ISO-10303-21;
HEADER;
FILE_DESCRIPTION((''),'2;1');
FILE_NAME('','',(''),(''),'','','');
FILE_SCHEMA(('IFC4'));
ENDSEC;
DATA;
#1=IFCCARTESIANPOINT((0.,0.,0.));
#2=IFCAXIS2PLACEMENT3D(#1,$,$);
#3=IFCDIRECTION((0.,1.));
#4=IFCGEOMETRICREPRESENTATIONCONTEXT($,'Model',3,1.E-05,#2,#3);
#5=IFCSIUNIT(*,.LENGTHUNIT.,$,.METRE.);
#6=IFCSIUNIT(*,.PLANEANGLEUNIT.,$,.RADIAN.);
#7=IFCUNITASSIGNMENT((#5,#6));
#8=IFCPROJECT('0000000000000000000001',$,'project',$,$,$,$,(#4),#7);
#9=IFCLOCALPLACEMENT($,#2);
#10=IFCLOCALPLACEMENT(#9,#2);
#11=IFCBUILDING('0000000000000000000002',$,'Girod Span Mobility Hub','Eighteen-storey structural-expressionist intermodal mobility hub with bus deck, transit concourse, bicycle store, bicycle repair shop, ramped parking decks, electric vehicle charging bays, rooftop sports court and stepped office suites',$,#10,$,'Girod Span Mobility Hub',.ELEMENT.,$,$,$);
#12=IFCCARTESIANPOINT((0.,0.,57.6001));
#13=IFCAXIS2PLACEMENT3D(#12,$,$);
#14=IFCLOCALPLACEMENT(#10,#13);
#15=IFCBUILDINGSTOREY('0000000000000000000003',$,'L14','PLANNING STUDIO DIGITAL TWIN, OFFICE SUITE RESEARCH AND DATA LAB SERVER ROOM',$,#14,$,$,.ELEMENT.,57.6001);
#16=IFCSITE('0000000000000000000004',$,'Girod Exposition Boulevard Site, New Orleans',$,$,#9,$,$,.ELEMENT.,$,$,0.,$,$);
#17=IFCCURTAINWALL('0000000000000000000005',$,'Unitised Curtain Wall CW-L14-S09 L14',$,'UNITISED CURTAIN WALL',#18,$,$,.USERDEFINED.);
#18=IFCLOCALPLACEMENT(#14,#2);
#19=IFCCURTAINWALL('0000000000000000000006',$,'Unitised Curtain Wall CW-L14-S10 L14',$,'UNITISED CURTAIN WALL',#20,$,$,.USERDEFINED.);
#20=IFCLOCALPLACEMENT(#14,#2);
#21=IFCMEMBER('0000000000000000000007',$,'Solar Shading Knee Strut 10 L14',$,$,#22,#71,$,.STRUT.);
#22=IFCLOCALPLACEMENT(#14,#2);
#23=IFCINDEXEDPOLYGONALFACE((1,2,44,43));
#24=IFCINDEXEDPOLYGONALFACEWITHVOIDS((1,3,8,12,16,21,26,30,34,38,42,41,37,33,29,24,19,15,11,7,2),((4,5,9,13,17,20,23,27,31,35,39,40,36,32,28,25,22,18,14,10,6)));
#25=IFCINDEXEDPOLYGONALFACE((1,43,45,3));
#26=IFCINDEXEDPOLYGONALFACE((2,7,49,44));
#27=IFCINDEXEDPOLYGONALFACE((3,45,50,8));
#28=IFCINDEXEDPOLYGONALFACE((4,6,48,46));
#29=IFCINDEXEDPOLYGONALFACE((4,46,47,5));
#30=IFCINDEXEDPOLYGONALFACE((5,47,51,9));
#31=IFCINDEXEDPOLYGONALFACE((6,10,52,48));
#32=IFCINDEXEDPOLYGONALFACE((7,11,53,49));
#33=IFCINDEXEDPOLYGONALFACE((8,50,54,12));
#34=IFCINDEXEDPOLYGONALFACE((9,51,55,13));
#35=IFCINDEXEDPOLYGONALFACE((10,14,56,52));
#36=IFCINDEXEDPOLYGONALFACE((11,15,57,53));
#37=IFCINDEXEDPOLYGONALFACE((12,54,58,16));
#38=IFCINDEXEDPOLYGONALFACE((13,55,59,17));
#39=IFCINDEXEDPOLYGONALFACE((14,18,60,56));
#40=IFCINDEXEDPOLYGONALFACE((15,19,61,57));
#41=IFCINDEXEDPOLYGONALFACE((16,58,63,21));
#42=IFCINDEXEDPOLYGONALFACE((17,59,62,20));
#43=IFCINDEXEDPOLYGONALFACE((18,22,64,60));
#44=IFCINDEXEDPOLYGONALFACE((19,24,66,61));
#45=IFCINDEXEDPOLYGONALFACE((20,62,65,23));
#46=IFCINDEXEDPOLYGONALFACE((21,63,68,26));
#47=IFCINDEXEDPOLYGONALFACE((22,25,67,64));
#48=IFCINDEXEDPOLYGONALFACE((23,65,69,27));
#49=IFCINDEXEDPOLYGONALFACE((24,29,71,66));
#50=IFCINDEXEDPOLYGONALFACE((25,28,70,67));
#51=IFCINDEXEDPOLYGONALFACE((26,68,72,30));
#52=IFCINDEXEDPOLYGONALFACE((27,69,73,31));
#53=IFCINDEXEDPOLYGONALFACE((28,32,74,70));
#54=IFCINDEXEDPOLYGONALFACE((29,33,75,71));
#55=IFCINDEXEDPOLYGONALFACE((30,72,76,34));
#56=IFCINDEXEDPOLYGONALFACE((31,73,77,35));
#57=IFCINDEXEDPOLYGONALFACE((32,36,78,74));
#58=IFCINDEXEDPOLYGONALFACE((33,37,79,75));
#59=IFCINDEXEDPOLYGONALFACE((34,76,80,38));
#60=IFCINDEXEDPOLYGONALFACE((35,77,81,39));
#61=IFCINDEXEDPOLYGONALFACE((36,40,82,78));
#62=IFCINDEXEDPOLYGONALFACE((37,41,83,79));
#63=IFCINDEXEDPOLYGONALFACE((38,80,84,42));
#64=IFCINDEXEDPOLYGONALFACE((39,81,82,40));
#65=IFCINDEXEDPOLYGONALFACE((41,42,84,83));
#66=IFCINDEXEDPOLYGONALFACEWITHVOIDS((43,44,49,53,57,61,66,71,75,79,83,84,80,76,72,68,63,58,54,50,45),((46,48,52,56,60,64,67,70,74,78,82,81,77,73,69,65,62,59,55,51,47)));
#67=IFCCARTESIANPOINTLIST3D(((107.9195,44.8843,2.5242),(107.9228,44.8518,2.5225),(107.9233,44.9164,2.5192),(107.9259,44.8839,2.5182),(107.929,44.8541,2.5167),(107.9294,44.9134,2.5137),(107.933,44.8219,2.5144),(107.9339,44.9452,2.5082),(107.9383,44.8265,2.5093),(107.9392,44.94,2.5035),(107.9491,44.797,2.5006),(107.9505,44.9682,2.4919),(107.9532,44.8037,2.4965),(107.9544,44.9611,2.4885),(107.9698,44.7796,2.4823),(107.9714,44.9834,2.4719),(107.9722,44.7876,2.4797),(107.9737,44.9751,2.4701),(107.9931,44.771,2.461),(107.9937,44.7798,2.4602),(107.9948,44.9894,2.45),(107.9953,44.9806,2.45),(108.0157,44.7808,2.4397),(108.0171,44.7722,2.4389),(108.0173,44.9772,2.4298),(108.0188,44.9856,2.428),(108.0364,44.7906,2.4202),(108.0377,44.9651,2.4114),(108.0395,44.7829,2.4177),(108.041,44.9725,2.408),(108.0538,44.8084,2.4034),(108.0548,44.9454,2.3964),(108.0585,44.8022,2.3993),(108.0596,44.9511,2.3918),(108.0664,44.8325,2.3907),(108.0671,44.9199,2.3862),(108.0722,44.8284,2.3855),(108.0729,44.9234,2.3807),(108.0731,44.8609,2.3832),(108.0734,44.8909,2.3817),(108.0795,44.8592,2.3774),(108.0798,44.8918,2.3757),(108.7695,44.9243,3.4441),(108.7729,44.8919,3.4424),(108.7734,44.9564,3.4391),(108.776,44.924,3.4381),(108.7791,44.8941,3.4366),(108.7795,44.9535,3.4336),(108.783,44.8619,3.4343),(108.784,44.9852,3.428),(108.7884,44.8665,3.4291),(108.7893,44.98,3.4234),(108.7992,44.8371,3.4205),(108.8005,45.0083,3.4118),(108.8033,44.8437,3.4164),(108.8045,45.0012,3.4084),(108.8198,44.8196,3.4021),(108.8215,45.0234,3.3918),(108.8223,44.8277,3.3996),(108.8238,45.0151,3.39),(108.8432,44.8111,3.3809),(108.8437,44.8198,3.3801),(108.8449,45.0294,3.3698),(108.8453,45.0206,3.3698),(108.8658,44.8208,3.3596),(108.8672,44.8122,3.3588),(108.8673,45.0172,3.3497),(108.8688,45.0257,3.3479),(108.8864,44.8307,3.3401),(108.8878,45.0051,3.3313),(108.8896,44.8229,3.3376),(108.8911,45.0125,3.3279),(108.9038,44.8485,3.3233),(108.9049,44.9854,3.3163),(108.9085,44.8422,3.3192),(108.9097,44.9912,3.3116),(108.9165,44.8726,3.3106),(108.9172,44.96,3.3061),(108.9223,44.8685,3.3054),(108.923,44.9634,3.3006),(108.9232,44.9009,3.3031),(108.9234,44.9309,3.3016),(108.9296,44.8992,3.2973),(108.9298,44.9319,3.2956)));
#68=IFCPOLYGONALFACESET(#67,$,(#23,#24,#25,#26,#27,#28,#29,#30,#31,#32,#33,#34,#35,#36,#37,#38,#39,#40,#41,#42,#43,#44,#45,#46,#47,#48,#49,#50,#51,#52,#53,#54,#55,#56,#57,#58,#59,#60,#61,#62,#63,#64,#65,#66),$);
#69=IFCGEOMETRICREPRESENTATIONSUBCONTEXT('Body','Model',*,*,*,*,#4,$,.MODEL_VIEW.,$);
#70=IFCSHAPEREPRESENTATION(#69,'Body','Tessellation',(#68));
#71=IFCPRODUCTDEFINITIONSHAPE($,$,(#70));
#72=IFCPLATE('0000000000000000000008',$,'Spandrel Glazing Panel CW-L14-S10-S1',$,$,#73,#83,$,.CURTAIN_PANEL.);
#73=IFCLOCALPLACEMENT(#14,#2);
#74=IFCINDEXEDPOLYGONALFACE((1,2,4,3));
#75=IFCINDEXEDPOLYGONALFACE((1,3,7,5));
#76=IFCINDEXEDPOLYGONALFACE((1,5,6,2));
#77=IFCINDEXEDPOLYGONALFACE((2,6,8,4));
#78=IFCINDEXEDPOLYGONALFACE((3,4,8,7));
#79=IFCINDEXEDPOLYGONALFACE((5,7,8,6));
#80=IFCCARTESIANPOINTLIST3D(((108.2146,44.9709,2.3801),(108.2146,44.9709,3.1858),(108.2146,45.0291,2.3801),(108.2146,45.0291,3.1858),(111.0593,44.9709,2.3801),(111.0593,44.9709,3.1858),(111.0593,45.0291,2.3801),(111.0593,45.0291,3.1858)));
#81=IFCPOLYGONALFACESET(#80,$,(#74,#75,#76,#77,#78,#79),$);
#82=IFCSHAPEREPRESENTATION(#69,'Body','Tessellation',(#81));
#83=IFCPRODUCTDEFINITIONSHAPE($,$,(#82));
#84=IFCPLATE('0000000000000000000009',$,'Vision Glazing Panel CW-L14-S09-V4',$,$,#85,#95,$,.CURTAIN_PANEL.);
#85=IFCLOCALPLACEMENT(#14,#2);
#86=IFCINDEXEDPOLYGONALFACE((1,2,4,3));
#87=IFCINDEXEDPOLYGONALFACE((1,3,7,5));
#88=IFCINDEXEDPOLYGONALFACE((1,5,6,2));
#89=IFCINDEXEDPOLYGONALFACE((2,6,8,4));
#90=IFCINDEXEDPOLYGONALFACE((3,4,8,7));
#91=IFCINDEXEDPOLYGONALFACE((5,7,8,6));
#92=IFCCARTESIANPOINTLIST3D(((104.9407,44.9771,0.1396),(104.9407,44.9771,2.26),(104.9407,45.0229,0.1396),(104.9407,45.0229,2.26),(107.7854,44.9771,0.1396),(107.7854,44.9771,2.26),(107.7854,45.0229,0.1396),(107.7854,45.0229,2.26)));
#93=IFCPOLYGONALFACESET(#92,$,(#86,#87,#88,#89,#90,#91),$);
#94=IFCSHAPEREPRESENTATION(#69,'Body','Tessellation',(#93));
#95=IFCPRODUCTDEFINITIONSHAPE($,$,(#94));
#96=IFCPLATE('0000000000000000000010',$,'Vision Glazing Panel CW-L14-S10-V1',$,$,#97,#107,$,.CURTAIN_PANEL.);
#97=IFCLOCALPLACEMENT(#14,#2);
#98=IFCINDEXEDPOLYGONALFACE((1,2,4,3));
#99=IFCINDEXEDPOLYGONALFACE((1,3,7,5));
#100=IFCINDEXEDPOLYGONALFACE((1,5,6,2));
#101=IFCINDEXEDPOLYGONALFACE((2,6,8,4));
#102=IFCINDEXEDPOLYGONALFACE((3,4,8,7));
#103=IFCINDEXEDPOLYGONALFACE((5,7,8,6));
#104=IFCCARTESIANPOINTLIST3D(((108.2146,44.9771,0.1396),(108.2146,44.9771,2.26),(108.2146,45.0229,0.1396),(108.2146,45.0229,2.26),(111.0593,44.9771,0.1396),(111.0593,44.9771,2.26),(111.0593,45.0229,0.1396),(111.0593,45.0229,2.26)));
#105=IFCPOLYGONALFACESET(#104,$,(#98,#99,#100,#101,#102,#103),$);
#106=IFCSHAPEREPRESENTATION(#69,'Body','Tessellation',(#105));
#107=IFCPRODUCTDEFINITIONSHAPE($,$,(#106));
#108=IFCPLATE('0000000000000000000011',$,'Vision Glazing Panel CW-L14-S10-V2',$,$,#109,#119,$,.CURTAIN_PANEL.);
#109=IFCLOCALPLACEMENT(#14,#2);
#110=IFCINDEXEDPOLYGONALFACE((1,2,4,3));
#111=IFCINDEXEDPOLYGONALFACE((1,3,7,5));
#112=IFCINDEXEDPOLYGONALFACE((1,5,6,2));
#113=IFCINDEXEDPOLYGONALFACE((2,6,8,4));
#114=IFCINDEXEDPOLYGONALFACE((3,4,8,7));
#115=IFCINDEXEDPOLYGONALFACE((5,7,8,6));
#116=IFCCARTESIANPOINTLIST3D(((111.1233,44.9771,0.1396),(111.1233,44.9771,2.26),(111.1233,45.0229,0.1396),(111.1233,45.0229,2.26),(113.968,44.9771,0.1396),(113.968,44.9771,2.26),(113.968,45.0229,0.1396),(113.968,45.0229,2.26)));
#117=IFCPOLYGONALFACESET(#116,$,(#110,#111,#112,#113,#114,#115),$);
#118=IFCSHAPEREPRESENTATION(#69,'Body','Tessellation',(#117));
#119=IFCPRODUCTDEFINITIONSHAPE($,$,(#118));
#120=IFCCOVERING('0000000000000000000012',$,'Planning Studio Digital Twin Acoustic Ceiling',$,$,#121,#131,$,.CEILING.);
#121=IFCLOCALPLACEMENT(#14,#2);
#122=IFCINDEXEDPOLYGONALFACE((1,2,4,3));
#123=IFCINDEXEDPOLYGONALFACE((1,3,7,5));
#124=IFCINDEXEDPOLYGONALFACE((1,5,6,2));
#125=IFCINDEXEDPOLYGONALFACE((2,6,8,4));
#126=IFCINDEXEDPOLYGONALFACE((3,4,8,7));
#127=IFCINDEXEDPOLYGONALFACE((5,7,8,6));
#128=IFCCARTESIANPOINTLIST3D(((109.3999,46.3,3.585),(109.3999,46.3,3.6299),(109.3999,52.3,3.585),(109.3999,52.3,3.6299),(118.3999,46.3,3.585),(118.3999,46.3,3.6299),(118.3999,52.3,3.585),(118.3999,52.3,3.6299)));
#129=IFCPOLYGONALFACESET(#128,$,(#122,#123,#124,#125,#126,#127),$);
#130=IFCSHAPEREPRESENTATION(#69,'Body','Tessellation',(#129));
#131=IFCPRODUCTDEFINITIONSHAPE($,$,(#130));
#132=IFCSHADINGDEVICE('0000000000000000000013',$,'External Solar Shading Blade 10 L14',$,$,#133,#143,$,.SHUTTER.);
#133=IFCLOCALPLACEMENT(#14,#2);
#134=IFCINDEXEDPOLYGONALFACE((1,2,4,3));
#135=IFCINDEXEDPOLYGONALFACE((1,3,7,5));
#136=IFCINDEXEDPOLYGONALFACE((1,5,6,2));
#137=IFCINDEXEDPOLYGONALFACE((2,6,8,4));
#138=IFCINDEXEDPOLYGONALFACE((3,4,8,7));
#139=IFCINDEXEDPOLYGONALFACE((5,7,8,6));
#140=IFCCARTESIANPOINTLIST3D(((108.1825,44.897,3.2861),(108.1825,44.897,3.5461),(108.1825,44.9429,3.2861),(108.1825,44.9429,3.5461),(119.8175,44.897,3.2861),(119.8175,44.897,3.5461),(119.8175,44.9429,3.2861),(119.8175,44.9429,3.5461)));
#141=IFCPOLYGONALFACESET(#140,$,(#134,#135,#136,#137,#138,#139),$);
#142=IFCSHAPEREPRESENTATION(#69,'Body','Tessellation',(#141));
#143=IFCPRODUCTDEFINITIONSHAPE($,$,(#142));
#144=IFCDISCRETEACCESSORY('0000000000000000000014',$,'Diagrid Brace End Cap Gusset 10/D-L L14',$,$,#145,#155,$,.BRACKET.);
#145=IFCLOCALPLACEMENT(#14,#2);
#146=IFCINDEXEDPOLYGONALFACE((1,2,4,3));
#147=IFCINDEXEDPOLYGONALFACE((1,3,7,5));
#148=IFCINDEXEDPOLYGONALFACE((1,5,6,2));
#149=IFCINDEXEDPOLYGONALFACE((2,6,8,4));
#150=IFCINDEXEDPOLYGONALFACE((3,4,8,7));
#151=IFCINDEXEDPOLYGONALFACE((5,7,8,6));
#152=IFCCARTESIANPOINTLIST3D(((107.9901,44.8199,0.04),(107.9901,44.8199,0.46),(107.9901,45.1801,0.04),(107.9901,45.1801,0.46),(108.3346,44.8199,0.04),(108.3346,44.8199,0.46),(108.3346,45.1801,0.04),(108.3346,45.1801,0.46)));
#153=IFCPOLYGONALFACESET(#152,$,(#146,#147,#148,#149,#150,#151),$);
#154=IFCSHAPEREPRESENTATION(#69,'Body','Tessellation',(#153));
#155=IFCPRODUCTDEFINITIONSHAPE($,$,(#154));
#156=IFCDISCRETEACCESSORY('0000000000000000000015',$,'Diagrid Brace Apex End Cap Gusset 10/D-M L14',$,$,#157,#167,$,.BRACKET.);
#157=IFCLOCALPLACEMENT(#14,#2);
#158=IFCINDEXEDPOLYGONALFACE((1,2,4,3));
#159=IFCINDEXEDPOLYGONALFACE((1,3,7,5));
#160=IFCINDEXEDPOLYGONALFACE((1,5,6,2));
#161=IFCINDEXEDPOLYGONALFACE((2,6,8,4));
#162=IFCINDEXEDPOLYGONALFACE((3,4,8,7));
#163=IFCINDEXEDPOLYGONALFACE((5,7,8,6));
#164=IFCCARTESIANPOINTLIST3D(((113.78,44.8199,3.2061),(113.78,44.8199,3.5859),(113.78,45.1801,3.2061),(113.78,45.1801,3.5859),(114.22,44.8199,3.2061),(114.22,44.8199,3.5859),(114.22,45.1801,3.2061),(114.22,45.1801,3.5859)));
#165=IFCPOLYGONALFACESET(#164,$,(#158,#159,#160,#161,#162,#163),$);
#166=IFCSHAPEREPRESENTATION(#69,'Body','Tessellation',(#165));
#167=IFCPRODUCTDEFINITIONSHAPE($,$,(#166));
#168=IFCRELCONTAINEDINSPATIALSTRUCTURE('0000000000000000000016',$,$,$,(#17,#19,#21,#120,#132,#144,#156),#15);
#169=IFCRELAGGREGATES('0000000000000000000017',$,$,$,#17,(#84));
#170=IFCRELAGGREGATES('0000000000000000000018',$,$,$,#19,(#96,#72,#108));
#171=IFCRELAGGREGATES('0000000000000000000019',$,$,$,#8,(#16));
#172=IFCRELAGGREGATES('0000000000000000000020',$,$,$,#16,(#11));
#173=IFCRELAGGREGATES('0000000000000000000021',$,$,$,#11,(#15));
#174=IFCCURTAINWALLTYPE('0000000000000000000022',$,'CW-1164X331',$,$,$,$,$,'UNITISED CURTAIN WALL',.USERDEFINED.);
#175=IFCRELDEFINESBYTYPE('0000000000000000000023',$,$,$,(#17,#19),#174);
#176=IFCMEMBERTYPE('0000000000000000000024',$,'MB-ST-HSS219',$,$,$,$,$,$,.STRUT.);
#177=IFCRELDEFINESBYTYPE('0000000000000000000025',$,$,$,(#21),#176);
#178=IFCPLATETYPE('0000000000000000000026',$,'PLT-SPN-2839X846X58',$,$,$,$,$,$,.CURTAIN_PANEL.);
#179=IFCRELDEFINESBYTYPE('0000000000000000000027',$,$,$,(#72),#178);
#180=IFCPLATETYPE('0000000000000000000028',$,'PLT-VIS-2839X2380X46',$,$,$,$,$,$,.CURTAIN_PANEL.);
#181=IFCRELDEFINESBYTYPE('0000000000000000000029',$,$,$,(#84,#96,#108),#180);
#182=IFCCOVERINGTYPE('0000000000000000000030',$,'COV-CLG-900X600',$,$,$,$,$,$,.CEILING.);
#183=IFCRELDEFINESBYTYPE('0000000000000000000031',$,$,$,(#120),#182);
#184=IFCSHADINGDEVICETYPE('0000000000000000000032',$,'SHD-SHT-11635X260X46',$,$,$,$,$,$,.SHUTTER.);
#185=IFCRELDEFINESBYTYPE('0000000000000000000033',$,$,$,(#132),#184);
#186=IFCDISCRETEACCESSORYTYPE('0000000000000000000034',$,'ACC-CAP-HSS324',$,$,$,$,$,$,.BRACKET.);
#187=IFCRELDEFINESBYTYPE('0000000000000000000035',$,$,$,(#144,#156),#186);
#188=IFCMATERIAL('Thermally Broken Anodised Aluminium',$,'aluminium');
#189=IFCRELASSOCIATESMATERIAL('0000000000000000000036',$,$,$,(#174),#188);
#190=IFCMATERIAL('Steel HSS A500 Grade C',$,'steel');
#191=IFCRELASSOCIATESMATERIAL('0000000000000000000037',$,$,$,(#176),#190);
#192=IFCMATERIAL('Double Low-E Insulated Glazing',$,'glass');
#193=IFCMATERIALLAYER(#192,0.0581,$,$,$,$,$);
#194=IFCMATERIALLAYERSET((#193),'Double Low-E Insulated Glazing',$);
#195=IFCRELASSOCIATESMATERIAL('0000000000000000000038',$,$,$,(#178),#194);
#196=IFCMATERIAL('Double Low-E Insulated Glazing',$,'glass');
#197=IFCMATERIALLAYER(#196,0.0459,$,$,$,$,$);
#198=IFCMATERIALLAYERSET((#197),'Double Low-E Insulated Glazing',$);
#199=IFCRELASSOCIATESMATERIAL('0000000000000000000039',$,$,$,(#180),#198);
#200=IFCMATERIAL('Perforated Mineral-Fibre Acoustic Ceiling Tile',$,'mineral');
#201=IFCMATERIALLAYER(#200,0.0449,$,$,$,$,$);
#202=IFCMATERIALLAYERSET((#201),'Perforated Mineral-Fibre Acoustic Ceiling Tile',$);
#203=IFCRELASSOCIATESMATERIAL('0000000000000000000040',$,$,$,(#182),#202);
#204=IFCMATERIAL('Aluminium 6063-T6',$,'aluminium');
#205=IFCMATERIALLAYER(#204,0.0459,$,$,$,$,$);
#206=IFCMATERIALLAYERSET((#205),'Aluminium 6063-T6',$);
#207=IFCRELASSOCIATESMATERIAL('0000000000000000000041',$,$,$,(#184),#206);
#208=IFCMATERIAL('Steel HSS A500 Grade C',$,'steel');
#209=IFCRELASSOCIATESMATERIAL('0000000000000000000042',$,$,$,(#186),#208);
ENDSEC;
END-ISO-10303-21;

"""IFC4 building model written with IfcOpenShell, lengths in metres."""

from ifc_helpers import new_model, si_unit, direction, frame, origin, origin_2d, place, context, subcontext, project, spatial, rectangle, hollow_circle, extrude, material, layer, layer_set, material_profile, profile_set, type_object, element, aggregate, save


model = new_model("IFC4")

# Units and contexts
model_context = context("Model", 3, precision=1e-05, world=origin(), true_north=direction((0.0, 1.0)))
body_context = subcontext(model_context, "Body", "Model", "MODEL_VIEW")
ifc_project = project(units=[si_unit("LENGTHUNIT", "METRE"), si_unit("PLANEANGLEUNIT", "RADIAN")], contexts=[model_context])

# Site, building, storey
site_placement = place(None, origin())
site = spatial("IfcSite", under=ifc_project, at=site_placement, Name="Girod Exposition Boulevard Site, New Orleans", CompositionType="ELEMENT", RefElevation=0.0)
building_placement = place(site_placement, origin())
building = spatial("IfcBuilding", under=site, at=building_placement, Name="Girod Span Mobility Hub", Description="Eighteen-storey structural-expressionist intermodal mobility hub with bus deck, transit concourse, bicycle store, bicycle repair shop, ramped parking decks, electric vehicle charging bays, rooftop sports court and stepped office suites", LongName="Girod Span Mobility Hub", CompositionType="ELEMENT")
storey_placement = place(building_placement, frame((0.0, 0.0, 57.6001)))
storey = spatial("IfcBuildingStorey", under=building, at=storey_placement, Name="L14", Description="PLANNING STUDIO DIGITAL TWIN, OFFICE SUITE RESEARCH AND DATA LAB SERVER ROOM", CompositionType="ELEMENT", Elevation=57.6001)

# Curtain walls
ifc_material_1 = material(Name="Thermally Broken Anodised Aluminium", Category="aluminium")
curtain_wall_type = type_object("IfcCurtainWallType", Name="CW-1164X331", ElementType="UNITISED CURTAIN WALL", PredefinedType="USERDEFINED", material=ifc_material_1)
curtain_wall_1_placement = place(storey_placement, origin())
curtain_wall_1 = element("IfcCurtainWall", 1, at=curtain_wall_1_placement, inside=storey, type_object=curtain_wall_type, Name="Unitised Curtain Wall CW-L14-S09 L14", ObjectType="UNITISED CURTAIN WALL", PredefinedType="USERDEFINED")
curtain_wall_2_placement = place(storey_placement, origin())
curtain_wall_2 = element("IfcCurtainWall", 2, at=curtain_wall_2_placement, inside=storey, type_object=curtain_wall_type, Name="Unitised Curtain Wall CW-L14-S10 L14", ObjectType="UNITISED CURTAIN WALL", PredefinedType="USERDEFINED")

# Member
ifc_material_2 = material(Name="Steel HSS A500 Grade C", Category="steel")
ifc_material_profile_1 = material_profile(ifc_material_2, hollow_circle(Radius=0.1096, WallThickness=0.0088, at=origin_2d()), Name="HSS219X9.5")
ifc_profile_set_1 = profile_set([ifc_material_profile_1], Name="Steel HSS A500 Grade C")
member_type_1 = type_object("IfcMemberType", Name="MB-ST-HSS219", PredefinedType="STRUT", material=ifc_profile_set_1)
member_1_placement = place(storey_placement, frame((108.0, 44.8799, 2.45), z_axis=(0.678338, 0.031949, 0.734055), x_axis=(-0.047047, 0.998893, 0.0)))
element("IfcMember", 3, at=member_1_placement, inside=storey, type_object=member_type_1, Name="Solar Shading Knee Strut 10 L14", PredefinedType="STRUT", context=body_context, shape_type="SweptSolid", body=[
    extrude(hollow_circle(Radius=0.1096, WallThickness=0.0088, at=origin_2d()), origin(), (0.0, 0.0, 1.0), 1.2532),
])

# Plates
ifc_material_3 = material(Name="Double Low-E Insulated Glazing", Category="glass")
ifc_layer_1 = layer(ifc_material_3, 0.0581)
ifc_layer_set_1 = layer_set([ifc_layer_1], Name="Double Low-E Insulated Glazing")
plate_type_1 = type_object("IfcPlateType", Name="PLT-SPN-2839X846X58", PredefinedType="CURTAIN_PANEL", material=ifc_layer_set_1)
plate_1_placement = place(storey_placement, frame((109.637, 45.0, 2.3801), z_axis=(0.0, 0.0, 1.0), x_axis=(1.0, 0.0, 0.0)))
plate_1 = element("IfcPlate", 4, at=plate_1_placement, type_object=plate_type_1, Name="Spandrel Glazing Panel CW-L14-S10-S1", PredefinedType="CURTAIN_PANEL", context=body_context, shape_type="SweptSolid", body=[
    extrude(rectangle(XDim=2.8447, YDim=0.0581, at=origin_2d()), origin(), (0.0, 0.0, 1.0), 0.8057),
])
ifc_material_4 = material(Name="Double Low-E Insulated Glazing", Category="glass")
ifc_layer_2 = layer(ifc_material_4, 0.0459)
ifc_layer_set_2 = layer_set([ifc_layer_2], Name="Double Low-E Insulated Glazing")
plate_type_2 = type_object("IfcPlateType", Name="PLT-VIS-2839X2380X46", PredefinedType="CURTAIN_PANEL", material=ifc_layer_set_2)
plate_2_placement = place(storey_placement, frame((106.363, 45.0, 0.1396), z_axis=(0.0, 0.0, 1.0), x_axis=(1.0, 0.0, 0.0)))
plate_2 = element("IfcPlate", 5, at=plate_2_placement, type_object=plate_type_2, Name="Vision Glazing Panel CW-L14-S09-V4", PredefinedType="CURTAIN_PANEL", context=body_context, shape_type="SweptSolid", body=[
    extrude(rectangle(XDim=2.8447, YDim=0.0459, at=origin_2d()), origin(), (0.0, 0.0, 1.0), 2.1204),
])
aggregate(curtain_wall_1, [plate_2])
plate_3_placement = place(storey_placement, frame((109.637, 45.0, 0.1396), z_axis=(0.0, 0.0, 1.0), x_axis=(1.0, 0.0, 0.0)))
plate_3 = element("IfcPlate", 6, at=plate_3_placement, type_object=plate_type_2, Name="Vision Glazing Panel CW-L14-S10-V1", PredefinedType="CURTAIN_PANEL", context=body_context, shape_type="SweptSolid", body=[
    extrude(rectangle(XDim=2.8447, YDim=0.0459, at=origin_2d()), origin(), (0.0, 0.0, 1.0), 2.1204),
])
plate_4_placement = place(storey_placement, frame((112.5457, 45.0, 0.1396), z_axis=(0.0, 0.0, 1.0), x_axis=(1.0, 0.0, 0.0)))
plate_4 = element("IfcPlate", 7, at=plate_4_placement, type_object=plate_type_2, Name="Vision Glazing Panel CW-L14-S10-V2", PredefinedType="CURTAIN_PANEL", context=body_context, shape_type="SweptSolid", body=[
    extrude(rectangle(XDim=2.8447, YDim=0.0459, at=origin_2d()), origin(), (0.0, 0.0, 1.0), 2.1204),
])
aggregate(curtain_wall_2, [plate_3, plate_1, plate_4])

# Covering
ifc_material_5 = material(Name="Perforated Mineral-Fibre Acoustic Ceiling Tile", Category="mineral")
ifc_layer_3 = layer(ifc_material_5, 0.0449)
ifc_layer_set_3 = layer_set([ifc_layer_3], Name="Perforated Mineral-Fibre Acoustic Ceiling Tile")
covering_type = type_object("IfcCoveringType", Name="COV-CLG-900X600", PredefinedType="CEILING", material=ifc_layer_set_3)
covering_placement = place(storey_placement, frame((113.8999, 49.3, 3.585), z_axis=(0.0, 0.0, 1.0), x_axis=(1.0, 0.0, 0.0)))
element("IfcCovering", 8, at=covering_placement, inside=storey, type_object=covering_type, Name="Planning Studio Digital Twin Acoustic Ceiling", PredefinedType="CEILING", context=body_context, shape_type="SweptSolid", body=[
    extrude(rectangle(XDim=9.0, YDim=6.0, at=origin_2d()), origin(), (0.0, 0.0, 1.0), 0.0449),
])

# Shading device
ifc_material_6 = material(Name="Aluminium 6063-T6", Category="aluminium")
ifc_layer_4 = layer(ifc_material_6, 0.0459)
ifc_layer_set_4 = layer_set([ifc_layer_4], Name="Aluminium 6063-T6")
shading_device_type = type_object("IfcShadingDeviceType", Name="SHD-SHT-11635X260X46", PredefinedType="SHUTTER", material=ifc_layer_set_4)
shading_device_placement = place(storey_placement, frame((114.0, 44.9199, 3.2861), z_axis=(0.0, 0.0, 1.0), x_axis=(1.0, 0.0, 0.0)))
element("IfcShadingDevice", 9, at=shading_device_placement, inside=storey, type_object=shading_device_type, Name="External Solar Shading Blade 10 L14", PredefinedType="SHUTTER", context=body_context, shape_type="SweptSolid", body=[
    extrude(rectangle(XDim=11.635, YDim=0.0459, at=origin_2d()), origin(), (0.0, 0.0, 1.0), 0.26),
])

# Discrete accessories
ifc_material_7 = material(Name="Steel HSS A500 Grade C", Category="steel")
discrete_accessory_type = type_object("IfcDiscreteAccessoryType", Name="ACC-CAP-HSS324", PredefinedType="BRACKET", material=ifc_material_7)
discrete_accessory_1_placement = place(storey_placement, frame((108.1624, 45.0, 0.04), z_axis=(0.0, 0.0, 1.0), x_axis=(1.0, 0.0, 0.0)))
element("IfcDiscreteAccessory", 10, at=discrete_accessory_1_placement, inside=storey, type_object=discrete_accessory_type, Name="Diagrid Brace End Cap Gusset 10/D-L L14", PredefinedType="BRACKET", context=body_context, shape_type="SweptSolid", body=[
    extrude(rectangle(XDim=0.3445, YDim=0.3601, at=origin_2d()), origin(), (0.0, 0.0, 1.0), 0.4199),
])
discrete_accessory_2_placement = place(storey_placement, frame((114.0, 45.0, 3.2061), z_axis=(0.0, 0.0, 1.0), x_axis=(1.0, 0.0, 0.0)))
element("IfcDiscreteAccessory", 11, at=discrete_accessory_2_placement, inside=storey, type_object=discrete_accessory_type, Name="Diagrid Brace Apex End Cap Gusset 10/D-M L14", PredefinedType="BRACKET", context=body_context, shape_type="SweptSolid", body=[
    extrude(rectangle(XDim=0.4399, YDim=0.3601, at=origin_2d()), origin(), (0.0, 0.0, 1.0), 0.3799),
])

save(model, "model.ifc")
